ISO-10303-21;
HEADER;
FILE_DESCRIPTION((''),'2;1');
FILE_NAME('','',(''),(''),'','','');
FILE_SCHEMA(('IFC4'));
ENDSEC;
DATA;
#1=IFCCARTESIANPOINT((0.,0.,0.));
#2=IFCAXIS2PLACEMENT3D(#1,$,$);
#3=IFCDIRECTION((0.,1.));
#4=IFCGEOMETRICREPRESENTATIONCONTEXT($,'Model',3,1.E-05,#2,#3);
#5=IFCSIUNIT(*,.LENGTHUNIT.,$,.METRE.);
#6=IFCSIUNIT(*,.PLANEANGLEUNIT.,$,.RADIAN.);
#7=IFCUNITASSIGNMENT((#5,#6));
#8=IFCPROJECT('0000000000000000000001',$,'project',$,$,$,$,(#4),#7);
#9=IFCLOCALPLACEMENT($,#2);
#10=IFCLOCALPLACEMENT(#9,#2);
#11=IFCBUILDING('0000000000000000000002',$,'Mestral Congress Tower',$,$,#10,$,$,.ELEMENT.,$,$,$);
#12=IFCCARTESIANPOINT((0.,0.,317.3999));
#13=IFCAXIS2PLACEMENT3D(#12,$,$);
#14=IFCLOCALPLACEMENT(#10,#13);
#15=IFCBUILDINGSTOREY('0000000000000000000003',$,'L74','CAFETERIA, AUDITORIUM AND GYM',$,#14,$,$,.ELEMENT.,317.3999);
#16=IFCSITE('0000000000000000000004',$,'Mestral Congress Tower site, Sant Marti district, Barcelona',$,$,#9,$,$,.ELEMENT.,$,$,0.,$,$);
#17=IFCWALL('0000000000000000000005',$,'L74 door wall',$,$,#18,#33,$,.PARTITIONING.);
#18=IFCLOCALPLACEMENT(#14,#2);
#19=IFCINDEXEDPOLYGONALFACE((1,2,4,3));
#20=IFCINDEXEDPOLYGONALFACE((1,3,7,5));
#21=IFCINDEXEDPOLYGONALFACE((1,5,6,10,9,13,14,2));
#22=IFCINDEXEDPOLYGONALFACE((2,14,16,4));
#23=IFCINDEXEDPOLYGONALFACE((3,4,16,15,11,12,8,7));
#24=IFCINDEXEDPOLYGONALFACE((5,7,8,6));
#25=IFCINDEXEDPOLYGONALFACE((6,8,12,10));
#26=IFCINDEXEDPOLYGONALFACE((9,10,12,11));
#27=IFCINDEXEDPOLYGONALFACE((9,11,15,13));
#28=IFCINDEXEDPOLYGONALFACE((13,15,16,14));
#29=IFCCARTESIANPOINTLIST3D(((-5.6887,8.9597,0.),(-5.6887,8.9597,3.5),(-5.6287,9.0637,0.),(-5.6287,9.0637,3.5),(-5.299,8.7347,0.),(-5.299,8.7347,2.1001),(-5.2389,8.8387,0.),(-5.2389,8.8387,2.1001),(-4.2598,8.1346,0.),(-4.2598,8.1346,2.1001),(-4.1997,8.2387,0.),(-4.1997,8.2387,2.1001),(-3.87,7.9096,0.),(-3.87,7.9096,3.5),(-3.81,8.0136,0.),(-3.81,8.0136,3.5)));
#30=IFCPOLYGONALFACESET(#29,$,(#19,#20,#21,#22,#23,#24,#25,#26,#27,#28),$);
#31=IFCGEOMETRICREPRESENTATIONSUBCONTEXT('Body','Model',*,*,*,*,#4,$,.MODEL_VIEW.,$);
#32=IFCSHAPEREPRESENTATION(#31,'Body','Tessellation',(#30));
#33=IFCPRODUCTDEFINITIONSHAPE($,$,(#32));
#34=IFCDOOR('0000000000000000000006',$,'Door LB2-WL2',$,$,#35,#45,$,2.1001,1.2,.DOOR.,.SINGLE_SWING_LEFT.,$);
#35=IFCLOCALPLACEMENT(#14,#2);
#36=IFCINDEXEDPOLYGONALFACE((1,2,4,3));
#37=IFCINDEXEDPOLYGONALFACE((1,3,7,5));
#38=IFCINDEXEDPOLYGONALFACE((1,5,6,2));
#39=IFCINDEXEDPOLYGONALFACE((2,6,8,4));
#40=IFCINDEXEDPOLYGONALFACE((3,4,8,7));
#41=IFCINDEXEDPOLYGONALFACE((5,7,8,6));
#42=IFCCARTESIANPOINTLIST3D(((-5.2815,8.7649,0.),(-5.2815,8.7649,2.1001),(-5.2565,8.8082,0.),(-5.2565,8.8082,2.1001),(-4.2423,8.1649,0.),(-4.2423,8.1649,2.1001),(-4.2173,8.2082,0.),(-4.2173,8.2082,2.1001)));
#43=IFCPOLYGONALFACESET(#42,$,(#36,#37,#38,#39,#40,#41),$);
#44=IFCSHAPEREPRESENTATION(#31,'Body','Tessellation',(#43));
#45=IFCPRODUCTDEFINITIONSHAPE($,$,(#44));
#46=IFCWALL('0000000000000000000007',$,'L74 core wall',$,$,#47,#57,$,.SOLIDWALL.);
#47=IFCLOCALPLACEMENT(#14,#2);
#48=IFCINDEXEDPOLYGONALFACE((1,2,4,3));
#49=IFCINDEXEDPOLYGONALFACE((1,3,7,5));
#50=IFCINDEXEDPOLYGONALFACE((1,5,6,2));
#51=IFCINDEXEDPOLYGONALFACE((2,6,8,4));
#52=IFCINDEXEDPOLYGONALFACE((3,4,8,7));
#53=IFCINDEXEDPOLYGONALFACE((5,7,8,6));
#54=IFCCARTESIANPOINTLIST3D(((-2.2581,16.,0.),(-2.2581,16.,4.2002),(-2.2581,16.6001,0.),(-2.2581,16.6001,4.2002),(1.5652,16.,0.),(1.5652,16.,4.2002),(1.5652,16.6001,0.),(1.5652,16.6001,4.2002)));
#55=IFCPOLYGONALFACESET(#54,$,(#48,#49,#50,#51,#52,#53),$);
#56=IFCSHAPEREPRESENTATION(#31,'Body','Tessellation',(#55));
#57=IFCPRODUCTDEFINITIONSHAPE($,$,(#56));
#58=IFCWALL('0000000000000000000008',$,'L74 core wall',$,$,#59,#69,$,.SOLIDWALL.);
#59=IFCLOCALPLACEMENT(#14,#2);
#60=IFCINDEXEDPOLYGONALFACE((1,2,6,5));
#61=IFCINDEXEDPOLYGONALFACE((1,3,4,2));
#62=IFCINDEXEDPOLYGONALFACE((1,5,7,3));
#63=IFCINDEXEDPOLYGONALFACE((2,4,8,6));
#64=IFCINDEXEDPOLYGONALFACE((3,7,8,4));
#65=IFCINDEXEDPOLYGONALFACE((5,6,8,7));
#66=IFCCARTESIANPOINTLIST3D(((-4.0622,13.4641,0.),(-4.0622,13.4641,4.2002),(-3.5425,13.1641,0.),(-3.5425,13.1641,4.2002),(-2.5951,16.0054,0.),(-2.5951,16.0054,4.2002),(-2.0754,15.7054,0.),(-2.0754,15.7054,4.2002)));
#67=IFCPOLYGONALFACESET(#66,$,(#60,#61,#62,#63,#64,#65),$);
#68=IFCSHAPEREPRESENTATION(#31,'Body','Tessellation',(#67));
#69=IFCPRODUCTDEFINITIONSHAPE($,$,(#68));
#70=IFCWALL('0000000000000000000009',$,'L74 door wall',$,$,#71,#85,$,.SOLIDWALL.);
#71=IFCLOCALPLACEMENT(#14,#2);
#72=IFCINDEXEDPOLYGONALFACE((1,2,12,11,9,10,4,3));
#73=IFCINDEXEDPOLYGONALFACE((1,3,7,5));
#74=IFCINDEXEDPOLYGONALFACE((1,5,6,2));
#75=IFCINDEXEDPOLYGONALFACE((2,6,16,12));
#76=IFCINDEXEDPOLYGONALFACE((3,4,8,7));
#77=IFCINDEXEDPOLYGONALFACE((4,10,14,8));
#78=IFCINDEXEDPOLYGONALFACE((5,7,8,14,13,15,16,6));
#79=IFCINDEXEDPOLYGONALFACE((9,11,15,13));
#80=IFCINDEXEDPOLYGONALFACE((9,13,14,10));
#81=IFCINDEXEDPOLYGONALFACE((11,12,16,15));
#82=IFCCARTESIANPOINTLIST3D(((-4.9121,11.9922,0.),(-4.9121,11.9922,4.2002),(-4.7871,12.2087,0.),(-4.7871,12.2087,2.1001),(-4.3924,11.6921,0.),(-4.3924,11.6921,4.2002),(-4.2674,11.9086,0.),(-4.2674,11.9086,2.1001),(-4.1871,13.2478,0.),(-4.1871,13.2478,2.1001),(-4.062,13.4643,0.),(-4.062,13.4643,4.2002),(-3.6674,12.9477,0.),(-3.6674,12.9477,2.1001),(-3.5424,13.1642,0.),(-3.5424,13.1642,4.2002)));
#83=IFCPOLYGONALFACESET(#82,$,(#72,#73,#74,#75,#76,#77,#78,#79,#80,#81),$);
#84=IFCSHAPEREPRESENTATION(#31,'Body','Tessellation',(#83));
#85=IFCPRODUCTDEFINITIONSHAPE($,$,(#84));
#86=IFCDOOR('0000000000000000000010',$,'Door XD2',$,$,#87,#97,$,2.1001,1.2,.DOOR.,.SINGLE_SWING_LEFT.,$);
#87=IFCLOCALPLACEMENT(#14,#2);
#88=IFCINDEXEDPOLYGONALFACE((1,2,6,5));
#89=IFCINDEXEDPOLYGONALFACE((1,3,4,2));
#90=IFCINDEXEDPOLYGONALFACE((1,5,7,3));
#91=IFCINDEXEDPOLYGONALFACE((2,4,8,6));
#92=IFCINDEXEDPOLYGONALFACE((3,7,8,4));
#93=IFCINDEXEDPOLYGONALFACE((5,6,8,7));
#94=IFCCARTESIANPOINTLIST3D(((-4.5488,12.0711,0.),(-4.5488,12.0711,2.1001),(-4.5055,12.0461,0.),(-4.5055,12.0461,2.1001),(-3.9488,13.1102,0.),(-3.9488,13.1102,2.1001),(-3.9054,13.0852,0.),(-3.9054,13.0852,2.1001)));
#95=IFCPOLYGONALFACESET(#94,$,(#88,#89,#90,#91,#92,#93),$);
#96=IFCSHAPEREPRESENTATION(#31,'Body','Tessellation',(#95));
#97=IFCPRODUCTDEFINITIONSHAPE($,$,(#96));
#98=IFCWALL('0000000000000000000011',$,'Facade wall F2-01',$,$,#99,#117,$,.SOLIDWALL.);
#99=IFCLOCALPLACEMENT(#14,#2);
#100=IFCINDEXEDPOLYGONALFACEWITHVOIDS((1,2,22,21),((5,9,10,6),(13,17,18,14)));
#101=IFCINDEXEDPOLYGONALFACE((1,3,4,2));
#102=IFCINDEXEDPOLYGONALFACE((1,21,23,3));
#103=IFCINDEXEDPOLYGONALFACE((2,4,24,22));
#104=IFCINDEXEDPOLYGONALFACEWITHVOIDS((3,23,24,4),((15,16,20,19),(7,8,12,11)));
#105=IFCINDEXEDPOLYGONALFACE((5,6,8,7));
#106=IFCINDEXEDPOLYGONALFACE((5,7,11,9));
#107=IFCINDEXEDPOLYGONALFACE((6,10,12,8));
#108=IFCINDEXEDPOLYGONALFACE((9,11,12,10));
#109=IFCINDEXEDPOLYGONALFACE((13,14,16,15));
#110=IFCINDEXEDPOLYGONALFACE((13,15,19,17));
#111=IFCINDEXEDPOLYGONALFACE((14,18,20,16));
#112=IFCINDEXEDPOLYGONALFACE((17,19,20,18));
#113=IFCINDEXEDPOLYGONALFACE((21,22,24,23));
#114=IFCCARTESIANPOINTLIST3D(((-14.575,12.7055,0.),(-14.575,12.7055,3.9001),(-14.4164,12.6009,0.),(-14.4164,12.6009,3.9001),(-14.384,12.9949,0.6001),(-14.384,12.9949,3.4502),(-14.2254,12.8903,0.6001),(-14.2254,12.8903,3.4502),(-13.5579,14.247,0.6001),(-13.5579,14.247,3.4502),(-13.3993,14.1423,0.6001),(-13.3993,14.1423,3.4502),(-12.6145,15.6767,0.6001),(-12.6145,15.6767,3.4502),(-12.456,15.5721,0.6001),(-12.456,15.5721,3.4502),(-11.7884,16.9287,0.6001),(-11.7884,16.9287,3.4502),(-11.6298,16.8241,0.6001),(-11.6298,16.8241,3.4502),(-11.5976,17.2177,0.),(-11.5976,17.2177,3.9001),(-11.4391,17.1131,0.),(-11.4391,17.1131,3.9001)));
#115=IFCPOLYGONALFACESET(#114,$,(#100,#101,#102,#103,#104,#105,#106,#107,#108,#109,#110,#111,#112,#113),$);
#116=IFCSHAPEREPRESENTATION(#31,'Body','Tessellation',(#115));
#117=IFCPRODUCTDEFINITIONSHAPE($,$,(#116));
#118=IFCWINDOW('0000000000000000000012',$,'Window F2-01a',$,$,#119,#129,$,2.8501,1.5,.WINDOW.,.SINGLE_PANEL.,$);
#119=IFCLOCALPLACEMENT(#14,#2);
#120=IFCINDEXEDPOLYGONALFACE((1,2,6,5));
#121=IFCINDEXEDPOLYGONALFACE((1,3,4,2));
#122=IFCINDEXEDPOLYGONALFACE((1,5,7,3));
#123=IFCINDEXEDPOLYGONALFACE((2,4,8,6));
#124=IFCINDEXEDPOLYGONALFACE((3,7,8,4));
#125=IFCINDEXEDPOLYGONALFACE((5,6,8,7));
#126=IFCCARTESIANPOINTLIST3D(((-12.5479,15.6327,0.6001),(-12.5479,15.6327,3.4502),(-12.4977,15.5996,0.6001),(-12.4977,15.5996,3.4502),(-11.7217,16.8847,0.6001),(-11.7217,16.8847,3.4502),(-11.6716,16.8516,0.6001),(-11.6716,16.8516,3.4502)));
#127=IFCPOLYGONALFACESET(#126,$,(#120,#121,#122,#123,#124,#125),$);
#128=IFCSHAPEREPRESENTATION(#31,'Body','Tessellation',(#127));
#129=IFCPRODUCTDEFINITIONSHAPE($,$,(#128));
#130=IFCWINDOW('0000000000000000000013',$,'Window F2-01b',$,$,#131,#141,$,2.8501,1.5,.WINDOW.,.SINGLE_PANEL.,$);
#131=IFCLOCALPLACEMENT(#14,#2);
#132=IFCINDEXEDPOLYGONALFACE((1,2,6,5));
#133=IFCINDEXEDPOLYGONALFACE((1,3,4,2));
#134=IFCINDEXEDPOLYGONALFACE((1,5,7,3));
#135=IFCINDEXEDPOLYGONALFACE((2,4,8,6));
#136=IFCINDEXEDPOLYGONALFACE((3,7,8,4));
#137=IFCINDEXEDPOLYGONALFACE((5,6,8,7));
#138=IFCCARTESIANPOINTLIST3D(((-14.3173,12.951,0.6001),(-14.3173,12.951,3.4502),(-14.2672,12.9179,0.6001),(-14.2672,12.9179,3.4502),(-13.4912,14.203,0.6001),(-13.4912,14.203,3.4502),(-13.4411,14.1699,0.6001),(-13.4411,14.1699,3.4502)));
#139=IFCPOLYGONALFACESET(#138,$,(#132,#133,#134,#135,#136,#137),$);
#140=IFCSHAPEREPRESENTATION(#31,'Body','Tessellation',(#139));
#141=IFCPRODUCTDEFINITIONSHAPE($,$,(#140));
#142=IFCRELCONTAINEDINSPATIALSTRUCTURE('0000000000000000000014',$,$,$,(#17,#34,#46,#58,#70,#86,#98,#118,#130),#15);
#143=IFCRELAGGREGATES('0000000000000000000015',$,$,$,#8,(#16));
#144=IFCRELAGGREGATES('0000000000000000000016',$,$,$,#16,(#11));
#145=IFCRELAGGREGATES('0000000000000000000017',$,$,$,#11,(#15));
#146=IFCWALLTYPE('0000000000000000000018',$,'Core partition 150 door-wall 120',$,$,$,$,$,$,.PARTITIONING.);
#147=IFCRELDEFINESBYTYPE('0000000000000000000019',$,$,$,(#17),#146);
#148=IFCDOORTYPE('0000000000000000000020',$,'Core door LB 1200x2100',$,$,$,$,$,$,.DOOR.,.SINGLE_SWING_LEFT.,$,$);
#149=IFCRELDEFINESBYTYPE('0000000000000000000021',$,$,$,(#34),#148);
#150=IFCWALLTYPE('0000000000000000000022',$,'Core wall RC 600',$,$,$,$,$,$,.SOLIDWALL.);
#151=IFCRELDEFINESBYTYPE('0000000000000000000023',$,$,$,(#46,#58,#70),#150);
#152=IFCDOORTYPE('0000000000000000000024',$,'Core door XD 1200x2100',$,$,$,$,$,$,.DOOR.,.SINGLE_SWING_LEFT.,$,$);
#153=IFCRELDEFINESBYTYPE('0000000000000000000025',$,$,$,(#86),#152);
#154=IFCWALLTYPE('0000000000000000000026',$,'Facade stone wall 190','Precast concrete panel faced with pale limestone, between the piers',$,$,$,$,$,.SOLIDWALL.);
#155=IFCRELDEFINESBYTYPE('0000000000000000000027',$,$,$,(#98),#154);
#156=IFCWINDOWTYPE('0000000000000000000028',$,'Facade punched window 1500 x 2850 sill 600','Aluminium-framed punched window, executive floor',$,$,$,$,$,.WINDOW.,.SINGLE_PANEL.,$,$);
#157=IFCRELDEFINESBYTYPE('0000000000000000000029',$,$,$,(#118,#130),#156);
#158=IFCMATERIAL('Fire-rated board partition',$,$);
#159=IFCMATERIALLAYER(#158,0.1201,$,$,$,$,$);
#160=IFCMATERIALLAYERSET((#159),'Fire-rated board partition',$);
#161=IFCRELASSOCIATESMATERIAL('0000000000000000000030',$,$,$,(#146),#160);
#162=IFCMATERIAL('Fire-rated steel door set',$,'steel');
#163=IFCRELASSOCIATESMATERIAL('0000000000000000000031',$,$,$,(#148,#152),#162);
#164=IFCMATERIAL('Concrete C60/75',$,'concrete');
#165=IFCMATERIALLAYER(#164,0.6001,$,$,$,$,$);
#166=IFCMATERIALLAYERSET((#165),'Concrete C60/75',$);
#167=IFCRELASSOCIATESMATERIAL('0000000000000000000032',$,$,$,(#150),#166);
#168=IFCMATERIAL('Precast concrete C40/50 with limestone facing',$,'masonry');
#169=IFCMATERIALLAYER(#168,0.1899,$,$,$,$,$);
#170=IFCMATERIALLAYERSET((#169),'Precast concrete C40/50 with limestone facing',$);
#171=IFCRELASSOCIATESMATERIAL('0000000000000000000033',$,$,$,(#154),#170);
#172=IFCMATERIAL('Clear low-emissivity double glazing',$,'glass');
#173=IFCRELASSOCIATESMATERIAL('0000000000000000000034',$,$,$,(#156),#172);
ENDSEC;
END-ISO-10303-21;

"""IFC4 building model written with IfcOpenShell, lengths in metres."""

from ifc_helpers import new_model, si_unit, direction, frame, frame_2d, origin, place, context, subcontext, project, spatial, rectangle, extrude, material, layer, layer_set, type_object, element, fill, save


model = new_model("IFC4")

# Units and contexts
model_context = context("Model", 3, precision=1e-05, world=origin(), true_north=direction((0.0, 1.0)))
body_context = subcontext(model_context, "Body", "Model", "MODEL_VIEW")
ifc_project = project(units=[si_unit("LENGTHUNIT", "METRE"), si_unit("PLANEANGLEUNIT", "RADIAN")], contexts=[model_context])

# Site, building, storey
site_placement = place(None, origin())
site = spatial("IfcSite", under=ifc_project, at=site_placement, Name="Mestral Congress Tower site, Sant Marti district, Barcelona", CompositionType="ELEMENT", RefElevation=0.0)
building_placement = place(site_placement, origin())
building = spatial("IfcBuilding", under=site, at=building_placement, Name="Mestral Congress Tower", CompositionType="ELEMENT")
storey_placement = place(building_placement, frame((0.0, 0.0, 317.3999)))
storey = spatial("IfcBuildingStorey", under=building, at=storey_placement, Name="L74", Description="CAFETERIA, AUDITORIUM AND GYM", CompositionType="ELEMENT", Elevation=317.3999)

# Shared definitions
ifc_material_1 = material(Name="Concrete C60/75", Category="concrete")

# Wall, opening, door
ifc_material_2 = material(Name="Fire-rated board partition")
ifc_layer_1 = layer(ifc_material_2, 0.1201)
ifc_layer_set_1 = layer_set([ifc_layer_1], Name="Fire-rated board partition")
wall_type_1 = type_object("IfcWallType", Name="Core partition 150 door-wall 120", PredefinedType="PARTITIONING", material=ifc_layer_set_1)
wall_1_placement = place(storey_placement, frame((-5.6587, 9.0117, 0.0), z_axis=(0.0, 0.0, 1.0), x_axis=(0.866009, -0.500028, 0.0)))
wall_1 = element("IfcWall", 1, at=wall_1_placement, inside=storey, type_object=wall_type_1, Name="L74 door wall", PredefinedType="PARTITIONING", context=body_context, shape_type="SweptSolid", body=[
    extrude(rectangle(XDim=2.1001, YDim=0.1201, at=frame_2d((1.05, 0.0))), origin(), (0.0, 0.0, 1.0), 3.5),
])
opening_1_placement = place(wall_1_placement, frame((0.45, 0.0, 0.0)))
opening_1 = element("IfcOpeningElement", 2, at=opening_1_placement, cuts=wall_1, PredefinedType="OPENING", context=body_context, shape_type="SweptSolid", body=[
    extrude(rectangle(XDim=1.2, YDim=2.1001, at=frame_2d((0.6001, 1.05))), frame((0.0, 0.0701, 0.0), z_axis=(0.0, -1.0, 0.0), x_axis=(1.0, 0.0, 0.0)), (0.0, 0.0, 1.0), 0.1401),
])
ifc_material_3 = material(Name="Fire-rated steel door set", Category="steel")
door_type_1 = type_object("IfcDoorType", Name="Core door LB 1200x2100", OperationType="SINGLE_SWING_LEFT", PredefinedType="DOOR", material=ifc_material_3)
door_1_placement = place(opening_1_placement, origin())
door_1 = element("IfcDoor", 3, at=door_1_placement, inside=storey, type_object=door_type_1, Name="Door LB2-WL2", OperationType="SINGLE_SWING_LEFT", OverallHeight=2.1001, OverallWidth=1.2, PredefinedType="DOOR", context=body_context, shape_type="SweptSolid", body=[
    extrude(rectangle(XDim=1.2, YDim=2.1001, at=frame_2d((0.6001, 1.05))), frame((0.0, 0.0249, 0.0), z_axis=(0.0, -1.0, 0.0), x_axis=(1.0, 0.0, 0.0)), (0.0, 0.0, 1.0), 0.05),
])
fill(opening_1, door_1)

# Walls
ifc_layer_2 = layer(ifc_material_1, 0.6001)
ifc_layer_set_2 = layer_set([ifc_layer_2], Name="Concrete C60/75")
wall_type_2 = type_object("IfcWallType", Name="Core wall RC 600", PredefinedType="SOLIDWALL", material=ifc_layer_set_2)
wall_2_placement = place(storey_placement, frame((-2.2581, 16.3, 0.0), z_axis=(0.0, 0.0, 1.0), x_axis=(1.0, 0.0, 0.0)))
element("IfcWall", 4, at=wall_2_placement, inside=storey, type_object=wall_type_2, Name="L74 core wall", PredefinedType="SOLIDWALL", context=body_context, shape_type="SweptSolid", body=[
    extrude(rectangle(XDim=3.8232, YDim=0.6001, at=frame_2d((1.9116, 0.0))), origin(), (0.0, 0.0, 1.0), 4.2002),
])
wall_3_placement = place(storey_placement, frame((-2.3352, 15.8555, 0.0), z_axis=(0.0, 0.0, 1.0), x_axis=(-0.49996, -0.866048, 0.0)))
element("IfcWall", 5, at=wall_3_placement, inside=storey, type_object=wall_type_2, Name="L74 core wall", PredefinedType="SOLIDWALL", context=body_context, shape_type="SweptSolid", body=[
    extrude(rectangle(XDim=2.9343, YDim=0.6001, at=frame_2d((1.4673, 0.0))), origin(), (0.0, 0.0, 1.0), 4.2002),
])

# Wall, opening, door
wall_4_placement = place(storey_placement, frame((-4.6523, 11.842, 0.0), z_axis=(0.0, 0.0, 1.0), x_axis=(0.500062, 0.865989, 0.0)))
wall_4 = element("IfcWall", 6, at=wall_4_placement, inside=storey, type_object=wall_type_2, Name="L74 door wall", PredefinedType="SOLIDWALL", context=body_context, shape_type="SweptSolid", body=[
    extrude(rectangle(XDim=1.7, YDim=0.6001, at=frame_2d((0.8501, 0.0))), origin(), (0.0, 0.0, 1.0), 4.2002),
])
opening_2_placement = place(wall_4_placement, frame((0.25, 0.0, 0.0)))
opening_2 = element("IfcOpeningElement", 7, at=opening_2_placement, cuts=wall_4, PredefinedType="OPENING", context=body_context, shape_type="SweptSolid", body=[
    extrude(rectangle(XDim=1.2, YDim=2.1001, at=frame_2d((0.6001, 1.05))), frame((0.0, 0.3101, 0.0), z_axis=(0.0, -1.0, 0.0), x_axis=(1.0, 0.0, 0.0)), (0.0, 0.0, 1.0), 0.6201),
])
door_type_2 = type_object("IfcDoorType", Name="Core door XD 1200x2100", OperationType="SINGLE_SWING_LEFT", PredefinedType="DOOR", material=ifc_material_3)
door_2_placement = place(opening_2_placement, origin())
door_2 = element("IfcDoor", 8, at=door_2_placement, inside=storey, type_object=door_type_2, Name="Door XD2", OperationType="SINGLE_SWING_LEFT", OverallHeight=2.1001, OverallWidth=1.2, PredefinedType="DOOR", context=body_context, shape_type="SweptSolid", body=[
    extrude(rectangle(XDim=1.2, YDim=2.1001, at=frame_2d((0.6001, 1.05))), frame((0.0, 0.0249, 0.0), z_axis=(0.0, -1.0, 0.0), x_axis=(1.0, 0.0, 0.0)), (0.0, 0.0, 1.0), 0.05),
])
fill(opening_2, door_2)

# Wall, openings, windows
ifc_material_4 = material(Name="Precast concrete C40/50 with limestone facing", Category="masonry")
ifc_layer_3 = layer(ifc_material_4, 0.1899)
ifc_layer_set_3 = layer_set([ifc_layer_3], Name="Precast concrete C40/50 with limestone facing")
wall_type_3 = type_object("IfcWallType", Name="Facade stone wall 190", Description="Precast concrete panel faced with pale limestone, between the piers", PredefinedType="SOLIDWALL", material=ifc_layer_set_3)
wall_5_placement = place(storey_placement, frame((-11.5183, 17.1655, 0.0), z_axis=(0.0, 0.0, 1.0), x_axis=(-0.550744, -0.834674, 0.0)))
wall_5 = element("IfcWall", 9, at=wall_5_placement, inside=storey, type_object=wall_type_3, Name="Facade wall F2-01", PredefinedType="SOLIDWALL", context=body_context, shape_type="SweptSolid", body=[
    extrude(rectangle(XDim=5.406, YDim=0.1899, at=frame_2d((2.7031, 0.0))), origin(), (0.0, 0.0, 1.0), 3.9001),
])
opening_3_placement = place(wall_5_placement, frame((0.3464, 0.0, 0.6001)))
opening_3 = element("IfcOpeningElement", 10, at=opening_3_placement, cuts=wall_5, PredefinedType="OPENING", context=body_context, shape_type="SweptSolid", body=[
    extrude(rectangle(XDim=1.5, YDim=2.8501, at=frame_2d((0.75, 1.425))), frame((0.0, 0.105, 0.0), z_axis=(0.0, -1.0, 0.0), x_axis=(1.0, 0.0, 0.0)), (0.0, 0.0, 1.0), 0.21),
])
opening_4_placement = place(wall_5_placement, frame((3.5593, 0.0, 0.6001)))
opening_4 = element("IfcOpeningElement", 11, at=opening_4_placement, cuts=wall_5, PredefinedType="OPENING", context=body_context, shape_type="SweptSolid", body=[
    extrude(rectangle(XDim=1.5, YDim=2.8501, at=frame_2d((0.75, 1.425))), frame((0.0, 0.105, 0.0), z_axis=(0.0, -1.0, 0.0), x_axis=(1.0, 0.0, 0.0)), (0.0, 0.0, 1.0), 0.21),
])
ifc_material_5 = material(Name="Clear low-emissivity double glazing", Category="glass")
window_type = type_object("IfcWindowType", Name="Facade punched window 1500 x 2850 sill 600", Description="Aluminium-framed punched window, executive floor", PartitioningType="SINGLE_PANEL", PredefinedType="WINDOW", material=ifc_material_5)
window_1_placement = place(opening_3_placement, origin())
window_1 = element("IfcWindow", 12, at=window_1_placement, inside=storey, type_object=window_type, Name="Window F2-01a", OverallHeight=2.8501, OverallWidth=1.5, PartitioningType="SINGLE_PANEL", PredefinedType="WINDOW", context=body_context, shape_type="SweptSolid", body=[
    extrude(rectangle(XDim=1.5, YDim=2.8501, at=frame_2d((0.75, 1.425))), frame((0.0, 0.0449, 0.0), z_axis=(0.0, -1.0, 0.0), x_axis=(1.0, 0.0, 0.0)), (0.0, 0.0, 1.0), 0.0601),
])
fill(opening_3, window_1)
window_2_placement = place(opening_4_placement, origin())
window_2 = element("IfcWindow", 13, at=window_2_placement, inside=storey, type_object=window_type, Name="Window F2-01b", OverallHeight=2.8501, OverallWidth=1.5, PartitioningType="SINGLE_PANEL", PredefinedType="WINDOW", context=body_context, shape_type="SweptSolid", body=[
    extrude(rectangle(XDim=1.5, YDim=2.8501, at=frame_2d((0.75, 1.425))), frame((0.0, 0.0449, 0.0), z_axis=(0.0, -1.0, 0.0), x_axis=(1.0, 0.0, 0.0)), (0.0, 0.0, 1.0), 0.0601),
])
fill(opening_4, window_2)

save(model, "model.ifc")
